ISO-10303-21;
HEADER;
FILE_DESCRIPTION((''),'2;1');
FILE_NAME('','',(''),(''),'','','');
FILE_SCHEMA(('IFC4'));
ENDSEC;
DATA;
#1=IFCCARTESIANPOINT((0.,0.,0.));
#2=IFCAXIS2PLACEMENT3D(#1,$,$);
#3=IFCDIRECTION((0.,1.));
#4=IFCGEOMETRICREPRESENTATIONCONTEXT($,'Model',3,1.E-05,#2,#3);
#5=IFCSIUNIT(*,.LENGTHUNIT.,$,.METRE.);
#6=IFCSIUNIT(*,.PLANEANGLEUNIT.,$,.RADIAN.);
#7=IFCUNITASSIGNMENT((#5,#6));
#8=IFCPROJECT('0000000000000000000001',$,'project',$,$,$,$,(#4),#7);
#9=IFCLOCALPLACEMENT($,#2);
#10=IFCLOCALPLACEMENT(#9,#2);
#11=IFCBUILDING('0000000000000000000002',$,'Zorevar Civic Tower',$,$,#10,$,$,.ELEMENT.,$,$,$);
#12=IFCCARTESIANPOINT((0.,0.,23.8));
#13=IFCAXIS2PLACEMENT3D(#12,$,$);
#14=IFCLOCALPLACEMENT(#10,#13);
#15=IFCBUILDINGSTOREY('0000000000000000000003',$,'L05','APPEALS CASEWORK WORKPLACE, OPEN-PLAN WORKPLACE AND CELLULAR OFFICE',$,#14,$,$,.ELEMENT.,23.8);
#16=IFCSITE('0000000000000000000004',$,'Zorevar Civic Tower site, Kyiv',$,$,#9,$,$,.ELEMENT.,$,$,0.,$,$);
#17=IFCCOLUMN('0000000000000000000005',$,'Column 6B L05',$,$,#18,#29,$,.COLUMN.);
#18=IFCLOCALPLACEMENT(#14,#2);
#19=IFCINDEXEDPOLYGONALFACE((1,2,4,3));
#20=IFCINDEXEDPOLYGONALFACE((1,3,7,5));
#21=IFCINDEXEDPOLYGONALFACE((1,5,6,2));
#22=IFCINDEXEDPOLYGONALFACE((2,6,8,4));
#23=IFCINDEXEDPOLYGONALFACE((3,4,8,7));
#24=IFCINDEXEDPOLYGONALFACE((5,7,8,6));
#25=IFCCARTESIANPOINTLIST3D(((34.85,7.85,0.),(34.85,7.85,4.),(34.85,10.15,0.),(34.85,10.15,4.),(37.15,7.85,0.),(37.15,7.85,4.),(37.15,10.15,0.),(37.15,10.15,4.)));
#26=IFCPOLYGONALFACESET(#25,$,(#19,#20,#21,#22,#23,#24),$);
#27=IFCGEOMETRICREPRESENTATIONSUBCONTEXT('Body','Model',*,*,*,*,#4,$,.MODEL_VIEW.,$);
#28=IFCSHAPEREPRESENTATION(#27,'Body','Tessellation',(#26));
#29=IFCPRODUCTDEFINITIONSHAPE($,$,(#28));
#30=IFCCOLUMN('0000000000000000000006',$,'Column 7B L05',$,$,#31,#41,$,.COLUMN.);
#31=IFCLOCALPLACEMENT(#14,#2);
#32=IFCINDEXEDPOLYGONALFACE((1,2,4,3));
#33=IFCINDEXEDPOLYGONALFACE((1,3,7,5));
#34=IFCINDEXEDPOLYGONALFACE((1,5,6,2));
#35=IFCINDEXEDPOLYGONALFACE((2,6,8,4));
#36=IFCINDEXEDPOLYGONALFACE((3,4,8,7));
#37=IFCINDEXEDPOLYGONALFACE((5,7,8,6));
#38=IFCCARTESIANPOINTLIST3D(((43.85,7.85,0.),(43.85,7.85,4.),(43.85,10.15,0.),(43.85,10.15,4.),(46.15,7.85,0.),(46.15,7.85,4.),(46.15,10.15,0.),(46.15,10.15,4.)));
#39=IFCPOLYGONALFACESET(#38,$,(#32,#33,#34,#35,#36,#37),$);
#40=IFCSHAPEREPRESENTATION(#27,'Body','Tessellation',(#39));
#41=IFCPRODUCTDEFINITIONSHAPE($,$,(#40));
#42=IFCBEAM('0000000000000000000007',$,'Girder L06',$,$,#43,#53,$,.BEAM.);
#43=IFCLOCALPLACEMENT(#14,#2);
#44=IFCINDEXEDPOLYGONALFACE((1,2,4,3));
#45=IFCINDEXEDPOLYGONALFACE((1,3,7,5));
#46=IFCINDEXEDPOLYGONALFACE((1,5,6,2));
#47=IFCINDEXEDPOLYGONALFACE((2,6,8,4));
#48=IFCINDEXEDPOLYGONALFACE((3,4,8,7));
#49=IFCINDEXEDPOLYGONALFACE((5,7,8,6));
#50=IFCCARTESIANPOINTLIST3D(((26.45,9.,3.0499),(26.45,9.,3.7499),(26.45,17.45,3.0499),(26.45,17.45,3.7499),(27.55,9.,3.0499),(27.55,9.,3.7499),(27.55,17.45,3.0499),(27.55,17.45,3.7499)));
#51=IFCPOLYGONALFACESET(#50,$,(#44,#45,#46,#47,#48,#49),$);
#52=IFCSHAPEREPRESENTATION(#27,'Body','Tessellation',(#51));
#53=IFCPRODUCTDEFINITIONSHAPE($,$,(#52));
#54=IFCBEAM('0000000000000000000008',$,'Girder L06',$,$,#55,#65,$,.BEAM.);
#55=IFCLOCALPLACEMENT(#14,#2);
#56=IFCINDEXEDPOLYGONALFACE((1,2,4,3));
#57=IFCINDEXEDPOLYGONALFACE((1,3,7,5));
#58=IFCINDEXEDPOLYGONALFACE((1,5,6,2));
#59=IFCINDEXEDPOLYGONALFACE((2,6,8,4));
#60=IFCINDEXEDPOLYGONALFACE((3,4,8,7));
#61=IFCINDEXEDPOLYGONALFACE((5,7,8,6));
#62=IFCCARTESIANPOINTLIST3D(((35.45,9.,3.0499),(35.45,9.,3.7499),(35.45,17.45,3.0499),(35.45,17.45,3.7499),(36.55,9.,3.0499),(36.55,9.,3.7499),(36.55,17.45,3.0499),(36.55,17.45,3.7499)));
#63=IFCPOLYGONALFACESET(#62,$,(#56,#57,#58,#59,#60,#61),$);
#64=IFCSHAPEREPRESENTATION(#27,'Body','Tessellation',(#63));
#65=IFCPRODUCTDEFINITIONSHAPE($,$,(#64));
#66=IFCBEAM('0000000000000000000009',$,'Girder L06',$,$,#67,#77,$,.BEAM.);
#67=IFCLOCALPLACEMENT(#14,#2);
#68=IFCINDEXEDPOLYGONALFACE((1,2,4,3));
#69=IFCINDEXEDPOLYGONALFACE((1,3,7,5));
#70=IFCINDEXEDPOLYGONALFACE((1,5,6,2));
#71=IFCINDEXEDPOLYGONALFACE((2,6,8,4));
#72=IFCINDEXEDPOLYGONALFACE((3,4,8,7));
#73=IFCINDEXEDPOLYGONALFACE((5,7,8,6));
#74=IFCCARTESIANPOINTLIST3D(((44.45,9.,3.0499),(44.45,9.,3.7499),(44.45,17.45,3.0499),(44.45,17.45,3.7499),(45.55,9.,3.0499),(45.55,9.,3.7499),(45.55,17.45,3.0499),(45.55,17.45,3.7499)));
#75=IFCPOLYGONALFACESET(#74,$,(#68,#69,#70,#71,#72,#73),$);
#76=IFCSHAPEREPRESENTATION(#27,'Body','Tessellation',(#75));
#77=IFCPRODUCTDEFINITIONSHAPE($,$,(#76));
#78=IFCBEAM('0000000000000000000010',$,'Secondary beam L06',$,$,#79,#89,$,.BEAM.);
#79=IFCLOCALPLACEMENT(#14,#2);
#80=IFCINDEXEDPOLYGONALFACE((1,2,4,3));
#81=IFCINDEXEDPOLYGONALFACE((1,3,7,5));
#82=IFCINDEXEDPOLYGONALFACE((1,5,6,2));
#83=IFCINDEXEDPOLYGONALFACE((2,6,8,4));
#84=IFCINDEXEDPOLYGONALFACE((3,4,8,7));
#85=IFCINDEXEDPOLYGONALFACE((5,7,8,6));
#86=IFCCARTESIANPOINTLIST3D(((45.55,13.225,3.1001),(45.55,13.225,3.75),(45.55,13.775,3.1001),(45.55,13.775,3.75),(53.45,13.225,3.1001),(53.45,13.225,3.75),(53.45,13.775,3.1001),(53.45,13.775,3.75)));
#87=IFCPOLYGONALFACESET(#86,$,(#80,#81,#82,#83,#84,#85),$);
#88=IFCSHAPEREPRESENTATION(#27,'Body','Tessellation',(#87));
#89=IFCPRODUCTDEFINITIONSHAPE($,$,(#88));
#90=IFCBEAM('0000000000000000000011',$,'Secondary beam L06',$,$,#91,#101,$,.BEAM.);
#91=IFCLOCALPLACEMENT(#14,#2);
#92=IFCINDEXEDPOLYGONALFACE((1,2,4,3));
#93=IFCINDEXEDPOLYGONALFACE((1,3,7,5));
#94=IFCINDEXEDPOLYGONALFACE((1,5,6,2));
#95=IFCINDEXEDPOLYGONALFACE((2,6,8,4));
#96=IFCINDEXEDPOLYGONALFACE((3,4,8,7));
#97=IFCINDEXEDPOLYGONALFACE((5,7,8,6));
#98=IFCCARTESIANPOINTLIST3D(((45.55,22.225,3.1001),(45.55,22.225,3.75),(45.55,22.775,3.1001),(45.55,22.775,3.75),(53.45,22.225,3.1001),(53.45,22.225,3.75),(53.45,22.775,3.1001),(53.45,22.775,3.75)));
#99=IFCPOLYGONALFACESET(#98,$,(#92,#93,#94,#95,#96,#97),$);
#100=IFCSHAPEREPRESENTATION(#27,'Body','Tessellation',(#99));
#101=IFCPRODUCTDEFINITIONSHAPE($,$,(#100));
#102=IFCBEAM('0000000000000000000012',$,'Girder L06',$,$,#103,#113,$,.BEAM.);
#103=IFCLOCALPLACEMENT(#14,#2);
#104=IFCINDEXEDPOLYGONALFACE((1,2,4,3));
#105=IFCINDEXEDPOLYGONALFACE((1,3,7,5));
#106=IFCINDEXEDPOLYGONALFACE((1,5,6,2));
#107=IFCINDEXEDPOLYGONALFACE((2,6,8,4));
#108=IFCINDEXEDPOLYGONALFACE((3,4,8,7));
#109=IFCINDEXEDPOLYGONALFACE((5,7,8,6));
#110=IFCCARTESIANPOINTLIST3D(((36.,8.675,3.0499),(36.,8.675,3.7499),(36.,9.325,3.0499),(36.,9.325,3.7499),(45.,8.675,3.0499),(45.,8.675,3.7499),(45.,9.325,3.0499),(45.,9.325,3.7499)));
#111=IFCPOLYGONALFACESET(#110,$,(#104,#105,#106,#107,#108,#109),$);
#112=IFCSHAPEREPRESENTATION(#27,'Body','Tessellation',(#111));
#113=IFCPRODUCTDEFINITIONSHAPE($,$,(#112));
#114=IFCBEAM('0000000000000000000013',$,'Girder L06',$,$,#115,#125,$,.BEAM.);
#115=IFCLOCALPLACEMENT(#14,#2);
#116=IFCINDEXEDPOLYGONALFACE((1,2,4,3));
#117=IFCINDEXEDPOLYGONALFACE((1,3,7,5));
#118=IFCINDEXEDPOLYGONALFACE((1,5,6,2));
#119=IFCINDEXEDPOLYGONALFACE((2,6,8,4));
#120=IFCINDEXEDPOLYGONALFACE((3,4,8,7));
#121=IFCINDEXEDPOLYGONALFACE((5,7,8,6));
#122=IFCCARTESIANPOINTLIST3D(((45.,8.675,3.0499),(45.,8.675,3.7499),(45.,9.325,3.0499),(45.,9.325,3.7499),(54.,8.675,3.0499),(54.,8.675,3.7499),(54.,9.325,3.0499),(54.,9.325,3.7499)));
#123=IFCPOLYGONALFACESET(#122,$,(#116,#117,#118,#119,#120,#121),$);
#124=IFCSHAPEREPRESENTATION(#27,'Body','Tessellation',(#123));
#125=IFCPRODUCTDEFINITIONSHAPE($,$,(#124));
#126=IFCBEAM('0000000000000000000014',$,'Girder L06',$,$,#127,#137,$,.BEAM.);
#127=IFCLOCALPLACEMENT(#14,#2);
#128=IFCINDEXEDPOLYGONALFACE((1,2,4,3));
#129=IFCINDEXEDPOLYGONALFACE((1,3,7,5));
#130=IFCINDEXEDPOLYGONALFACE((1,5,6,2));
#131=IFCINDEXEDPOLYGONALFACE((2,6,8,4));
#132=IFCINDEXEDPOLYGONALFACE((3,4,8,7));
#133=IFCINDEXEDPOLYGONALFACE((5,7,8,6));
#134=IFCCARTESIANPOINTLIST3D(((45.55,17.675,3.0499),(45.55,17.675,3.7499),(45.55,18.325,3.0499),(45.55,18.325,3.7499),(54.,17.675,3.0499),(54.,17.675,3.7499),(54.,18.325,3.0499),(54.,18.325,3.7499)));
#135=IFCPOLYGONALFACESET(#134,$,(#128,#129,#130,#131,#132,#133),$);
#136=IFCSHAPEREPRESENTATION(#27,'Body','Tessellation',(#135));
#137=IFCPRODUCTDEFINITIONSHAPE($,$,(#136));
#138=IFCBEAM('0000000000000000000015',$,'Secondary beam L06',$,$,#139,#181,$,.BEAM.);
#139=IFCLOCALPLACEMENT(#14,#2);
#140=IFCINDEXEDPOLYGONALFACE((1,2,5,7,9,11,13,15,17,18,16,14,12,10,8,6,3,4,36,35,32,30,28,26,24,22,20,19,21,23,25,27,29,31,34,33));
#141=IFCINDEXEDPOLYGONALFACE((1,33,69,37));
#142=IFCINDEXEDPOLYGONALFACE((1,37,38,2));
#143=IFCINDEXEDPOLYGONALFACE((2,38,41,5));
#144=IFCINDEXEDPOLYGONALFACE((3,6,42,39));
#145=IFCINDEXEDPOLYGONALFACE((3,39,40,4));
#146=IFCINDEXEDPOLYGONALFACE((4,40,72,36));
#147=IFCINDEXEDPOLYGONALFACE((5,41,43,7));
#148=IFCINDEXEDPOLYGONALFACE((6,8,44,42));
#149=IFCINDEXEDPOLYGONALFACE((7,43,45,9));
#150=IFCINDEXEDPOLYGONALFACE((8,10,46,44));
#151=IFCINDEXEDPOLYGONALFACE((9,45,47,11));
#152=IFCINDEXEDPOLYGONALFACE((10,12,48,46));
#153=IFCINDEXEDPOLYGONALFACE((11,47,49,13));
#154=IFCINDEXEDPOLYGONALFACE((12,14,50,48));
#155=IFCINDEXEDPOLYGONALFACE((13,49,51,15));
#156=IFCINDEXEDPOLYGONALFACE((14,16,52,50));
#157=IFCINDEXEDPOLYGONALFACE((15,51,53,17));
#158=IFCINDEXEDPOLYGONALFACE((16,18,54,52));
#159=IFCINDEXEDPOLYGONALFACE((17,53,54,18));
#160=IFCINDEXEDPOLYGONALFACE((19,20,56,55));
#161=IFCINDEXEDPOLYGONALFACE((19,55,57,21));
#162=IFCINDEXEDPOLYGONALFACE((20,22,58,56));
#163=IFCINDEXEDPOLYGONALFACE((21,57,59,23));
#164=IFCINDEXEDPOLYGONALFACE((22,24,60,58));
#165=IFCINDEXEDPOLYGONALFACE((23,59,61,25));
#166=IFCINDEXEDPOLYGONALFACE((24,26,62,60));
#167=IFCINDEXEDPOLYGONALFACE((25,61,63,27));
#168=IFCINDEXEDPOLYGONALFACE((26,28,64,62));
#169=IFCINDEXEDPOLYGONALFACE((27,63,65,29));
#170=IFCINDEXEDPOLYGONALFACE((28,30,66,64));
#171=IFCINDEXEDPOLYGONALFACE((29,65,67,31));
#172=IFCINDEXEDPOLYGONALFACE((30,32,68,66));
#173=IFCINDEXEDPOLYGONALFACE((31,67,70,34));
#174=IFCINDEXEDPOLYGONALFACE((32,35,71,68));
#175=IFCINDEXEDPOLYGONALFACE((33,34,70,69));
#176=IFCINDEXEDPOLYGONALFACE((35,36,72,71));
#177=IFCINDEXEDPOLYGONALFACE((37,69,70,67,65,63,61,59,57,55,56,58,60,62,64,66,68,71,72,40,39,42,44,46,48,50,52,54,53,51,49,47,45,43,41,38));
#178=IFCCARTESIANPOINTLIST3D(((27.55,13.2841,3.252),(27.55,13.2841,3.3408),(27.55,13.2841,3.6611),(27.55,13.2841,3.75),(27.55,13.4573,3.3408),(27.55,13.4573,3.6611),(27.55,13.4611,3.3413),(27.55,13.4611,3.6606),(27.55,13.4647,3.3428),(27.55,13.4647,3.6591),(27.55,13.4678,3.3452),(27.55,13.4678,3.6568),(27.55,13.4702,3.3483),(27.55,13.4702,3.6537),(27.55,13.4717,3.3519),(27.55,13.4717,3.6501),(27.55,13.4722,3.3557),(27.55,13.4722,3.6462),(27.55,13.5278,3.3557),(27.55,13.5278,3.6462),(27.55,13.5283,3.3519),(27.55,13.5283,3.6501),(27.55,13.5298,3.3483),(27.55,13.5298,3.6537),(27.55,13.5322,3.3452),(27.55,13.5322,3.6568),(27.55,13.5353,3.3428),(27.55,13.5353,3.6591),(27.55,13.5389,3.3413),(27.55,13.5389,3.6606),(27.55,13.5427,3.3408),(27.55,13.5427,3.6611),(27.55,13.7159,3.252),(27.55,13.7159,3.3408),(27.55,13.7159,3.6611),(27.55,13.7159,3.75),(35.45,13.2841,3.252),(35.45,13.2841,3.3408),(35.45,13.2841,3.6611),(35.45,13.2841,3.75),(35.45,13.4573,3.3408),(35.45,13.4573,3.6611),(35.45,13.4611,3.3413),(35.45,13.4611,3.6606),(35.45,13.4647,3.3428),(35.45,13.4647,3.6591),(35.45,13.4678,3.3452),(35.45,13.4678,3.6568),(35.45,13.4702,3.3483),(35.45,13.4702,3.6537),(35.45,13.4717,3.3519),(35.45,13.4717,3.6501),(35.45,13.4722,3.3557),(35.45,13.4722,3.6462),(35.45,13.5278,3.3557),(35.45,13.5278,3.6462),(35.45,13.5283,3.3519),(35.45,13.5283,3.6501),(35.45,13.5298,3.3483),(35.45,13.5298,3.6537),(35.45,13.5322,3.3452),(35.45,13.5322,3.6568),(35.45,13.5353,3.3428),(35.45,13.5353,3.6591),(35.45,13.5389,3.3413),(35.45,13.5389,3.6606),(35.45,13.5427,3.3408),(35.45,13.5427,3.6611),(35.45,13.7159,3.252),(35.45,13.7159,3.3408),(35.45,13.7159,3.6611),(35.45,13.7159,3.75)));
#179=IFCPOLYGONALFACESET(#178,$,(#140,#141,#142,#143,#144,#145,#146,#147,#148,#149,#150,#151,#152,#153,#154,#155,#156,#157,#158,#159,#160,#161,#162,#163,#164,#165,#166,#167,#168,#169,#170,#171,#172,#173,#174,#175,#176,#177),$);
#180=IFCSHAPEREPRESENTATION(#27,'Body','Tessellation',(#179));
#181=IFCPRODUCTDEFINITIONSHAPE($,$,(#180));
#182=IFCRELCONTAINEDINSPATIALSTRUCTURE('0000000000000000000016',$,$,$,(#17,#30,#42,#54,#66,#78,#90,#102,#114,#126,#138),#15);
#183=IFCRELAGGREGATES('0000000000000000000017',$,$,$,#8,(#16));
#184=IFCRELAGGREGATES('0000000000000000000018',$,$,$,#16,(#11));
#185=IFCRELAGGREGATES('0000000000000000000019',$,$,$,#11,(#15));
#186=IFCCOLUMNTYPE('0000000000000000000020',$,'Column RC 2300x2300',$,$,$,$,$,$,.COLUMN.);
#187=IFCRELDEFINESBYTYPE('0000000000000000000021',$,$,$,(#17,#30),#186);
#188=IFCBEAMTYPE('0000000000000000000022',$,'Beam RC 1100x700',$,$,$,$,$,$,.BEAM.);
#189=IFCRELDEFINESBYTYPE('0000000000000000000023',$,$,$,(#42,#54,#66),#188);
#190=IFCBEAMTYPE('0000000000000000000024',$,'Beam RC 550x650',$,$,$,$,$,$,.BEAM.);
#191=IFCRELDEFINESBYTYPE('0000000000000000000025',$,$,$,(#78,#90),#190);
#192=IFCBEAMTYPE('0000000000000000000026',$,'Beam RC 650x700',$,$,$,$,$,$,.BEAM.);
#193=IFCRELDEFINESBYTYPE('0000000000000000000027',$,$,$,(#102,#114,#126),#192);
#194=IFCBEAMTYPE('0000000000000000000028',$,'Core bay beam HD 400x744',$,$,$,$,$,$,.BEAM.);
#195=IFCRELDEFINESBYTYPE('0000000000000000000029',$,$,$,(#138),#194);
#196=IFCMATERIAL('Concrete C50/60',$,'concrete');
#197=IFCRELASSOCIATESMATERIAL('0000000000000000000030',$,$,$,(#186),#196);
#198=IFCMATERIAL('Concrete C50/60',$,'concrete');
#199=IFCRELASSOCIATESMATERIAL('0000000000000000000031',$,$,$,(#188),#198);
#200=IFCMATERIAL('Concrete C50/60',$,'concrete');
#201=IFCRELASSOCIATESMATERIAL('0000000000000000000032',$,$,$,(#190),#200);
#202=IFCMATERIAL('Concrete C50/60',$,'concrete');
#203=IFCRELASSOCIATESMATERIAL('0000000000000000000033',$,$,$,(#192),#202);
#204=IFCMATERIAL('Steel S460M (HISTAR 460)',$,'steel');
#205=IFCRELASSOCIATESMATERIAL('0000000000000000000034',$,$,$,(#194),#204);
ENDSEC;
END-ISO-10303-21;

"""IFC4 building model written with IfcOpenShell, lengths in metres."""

from ifc_helpers import new_model, si_unit, direction, frame, origin, origin_2d, place, context, subcontext, project, spatial, rectangle, i_section, extrude, material, material_profile, profile_set, type_object, element, save


model = new_model("IFC4")

# Units and contexts
model_context = context("Model", 3, precision=1e-05, world=origin(), true_north=direction((0.0, 1.0)))
body_context = subcontext(model_context, "Body", "Model", "MODEL_VIEW")
ifc_project = project(units=[si_unit("LENGTHUNIT", "METRE"), si_unit("PLANEANGLEUNIT", "RADIAN")], contexts=[model_context])

# Site, building, storey
site_placement = place(None, origin())
site = spatial("IfcSite", under=ifc_project, at=site_placement, Name="Zorevar Civic Tower site, Kyiv", CompositionType="ELEMENT", RefElevation=0.0)
building_placement = place(site_placement, origin())
building = spatial("IfcBuilding", under=site, at=building_placement, Name="Zorevar Civic Tower", CompositionType="ELEMENT")
storey_placement = place(building_placement, frame((0.0, 0.0, 23.8)))
storey = spatial("IfcBuildingStorey", under=building, at=storey_placement, Name="L05", Description="APPEALS CASEWORK WORKPLACE, OPEN-PLAN WORKPLACE AND CELLULAR OFFICE", CompositionType="ELEMENT", Elevation=23.8)

# Columns
ifc_material_1 = material(Name="Concrete C50/60", Category="concrete")
ifc_material_profile_1 = material_profile(ifc_material_1, rectangle(XDim=2.3, YDim=2.3, at=origin_2d()), Name="RC 2300x2300")
ifc_profile_set_1 = profile_set([ifc_material_profile_1], Name="Concrete C50/60")
column_type = type_object("IfcColumnType", Name="Column RC 2300x2300", PredefinedType="COLUMN", material=ifc_profile_set_1)
for number, where, z_axis, x_axis, name in (
    (1, (36.0, 9.0, 0.0), (0.0, 0.0, 1.0), (1.0, 0.0, 0.0), "Column 6B L05"),
    (2, (45.0, 9.0, 0.0), (0.0, 0.0, 1.0), (1.0, 0.0, 0.0), "Column 7B L05"),
):
    element("IfcColumn", number, at=place(storey_placement, frame(where, z_axis=z_axis, x_axis=x_axis)), inside=storey, type_object=column_type, Name=name, PredefinedType="COLUMN", context=body_context, shape_type="SweptSolid", body=[
        extrude(rectangle(XDim=2.3, YDim=2.3, at=origin_2d()), origin(), (0.0, 0.0, 1.0), 4.0),
    ])

# Beams
ifc_material_2 = material(Name="Concrete C50/60", Category="concrete")
ifc_material_profile_2 = material_profile(ifc_material_2, rectangle(XDim=1.1001, YDim=0.7, at=origin_2d()), Name="RC 1100x700")
ifc_profile_set_2 = profile_set([ifc_material_profile_2], Name="Concrete C50/60")
beam_type_1 = type_object("IfcBeamType", Name="Beam RC 1100x700", PredefinedType="BEAM", material=ifc_profile_set_2)
for number, where, z_axis, x_axis, name in (
    (3, (27.0, 9.0, 3.3999), (0.0, 1.0, 0.0), (-1.0, 0.0, 0.0), "Girder L06"),
    (4, (36.0, 9.0, 3.3999), (0.0, 1.0, 0.0), (-1.0, 0.0, 0.0), "Girder L06"),
    (5, (45.0, 9.0, 3.3999), (0.0, 1.0, 0.0), (-1.0, 0.0, 0.0), "Girder L06"),
):
    element("IfcBeam", number, at=place(storey_placement, frame(where, z_axis=z_axis, x_axis=x_axis)), inside=storey, type_object=beam_type_1, Name=name, PredefinedType="BEAM", context=body_context, shape_type="SweptSolid", body=[
        extrude(rectangle(XDim=1.1001, YDim=0.7, at=origin_2d()), origin(), (0.0, 0.0, 1.0), 8.45),
    ])
ifc_material_3 = material(Name="Concrete C50/60", Category="concrete")
ifc_material_profile_3 = material_profile(ifc_material_3, rectangle(XDim=0.55, YDim=0.6499, at=origin_2d()), Name="RC 550x650")
ifc_profile_set_3 = profile_set([ifc_material_profile_3], Name="Concrete C50/60")
beam_type_2 = type_object("IfcBeamType", Name="Beam RC 550x650", PredefinedType="BEAM", material=ifc_profile_set_3)
for number, where, z_axis, x_axis, name in (
    (6, (45.55, 13.5, 3.425), (1.0, 0.0, 0.0), (0.0, 1.0, 0.0), "Secondary beam L06"),
    (7, (45.55, 22.5, 3.425), (1.0, 0.0, 0.0), (0.0, 1.0, 0.0), "Secondary beam L06"),
):
    element("IfcBeam", number, at=place(storey_placement, frame(where, z_axis=z_axis, x_axis=x_axis)), inside=storey, type_object=beam_type_2, Name=name, PredefinedType="BEAM", context=body_context, shape_type="SweptSolid", body=[
        extrude(rectangle(XDim=0.55, YDim=0.6499, at=origin_2d()), origin(), (0.0, 0.0, 1.0), 7.8999),
    ])
ifc_material_4 = material(Name="Concrete C50/60", Category="concrete")
ifc_material_profile_4 = material_profile(ifc_material_4, rectangle(XDim=0.6499, YDim=0.7, at=origin_2d()), Name="RC 650x700")
ifc_profile_set_4 = profile_set([ifc_material_profile_4], Name="Concrete C50/60")
beam_type_3 = type_object("IfcBeamType", Name="Beam RC 650x700", PredefinedType="BEAM", material=ifc_profile_set_4)
for number, where, z_axis, x_axis, name in (
    (8, (36.0, 9.0, 3.3999), (1.0, 0.0, 0.0), (0.0, 1.0, 0.0), "Girder L06"),
    (9, (45.0, 9.0, 3.3999), (1.0, 0.0, 0.0), (0.0, 1.0, 0.0), "Girder L06"),
):
    element("IfcBeam", number, at=place(storey_placement, frame(where, z_axis=z_axis, x_axis=x_axis)), inside=storey, type_object=beam_type_3, Name=name, PredefinedType="BEAM", context=body_context, shape_type="SweptSolid", body=[
        extrude(rectangle(XDim=0.6499, YDim=0.7, at=origin_2d()), origin(), (0.0, 0.0, 1.0), 9.0),
    ])
beam_placement = place(storey_placement, frame((45.55, 18.0, 3.3999), z_axis=(1.0, 0.0, 0.0), x_axis=(0.0, 1.0, 0.0)))
element("IfcBeam", 10, at=beam_placement, inside=storey, type_object=beam_type_3, Name="Girder L06", PredefinedType="BEAM", context=body_context, shape_type="SweptSolid", body=[
    extrude(rectangle(XDim=0.6499, YDim=0.7, at=origin_2d()), origin(), (0.0, 0.0, 1.0), 8.45),
])
ifc_material_5 = material(Name="Steel S460M (HISTAR 460)", Category="steel")
ifc_material_profile_5 = material_profile(ifc_material_5, i_section(OverallWidth=0.4319, OverallDepth=0.498, WebThickness=0.0557, FlangeThickness=0.0889, FilletRadius=0.0149, at=origin_2d()), Name="HD 400x744")
ifc_profile_set_5 = profile_set([ifc_material_profile_5], Name="Steel S460M (HISTAR 460)")
beam_type_4 = type_object("IfcBeamType", Name="Core bay beam HD 400x744", PredefinedType="BEAM", material=ifc_profile_set_5)
for number, where, z_axis, x_axis, name in (
    (11, (27.55, 13.5, 3.501), (1.0, 0.0, 0.0), (0.0, 1.0, 0.0), "Secondary beam L06"),
):
    element("IfcBeam", number, at=place(storey_placement, frame(where, z_axis=z_axis, x_axis=x_axis)), inside=storey, type_object=beam_type_4, Name=name, PredefinedType="BEAM", context=body_context, shape_type="SweptSolid", body=[
        extrude(i_section(OverallWidth=0.4319, OverallDepth=0.498, WebThickness=0.0557, FlangeThickness=0.0889, FilletRadius=0.0149, at=origin_2d()), origin(), (0.0, 0.0, 1.0), 7.8999),
    ])

save(model, "model.ifc")
